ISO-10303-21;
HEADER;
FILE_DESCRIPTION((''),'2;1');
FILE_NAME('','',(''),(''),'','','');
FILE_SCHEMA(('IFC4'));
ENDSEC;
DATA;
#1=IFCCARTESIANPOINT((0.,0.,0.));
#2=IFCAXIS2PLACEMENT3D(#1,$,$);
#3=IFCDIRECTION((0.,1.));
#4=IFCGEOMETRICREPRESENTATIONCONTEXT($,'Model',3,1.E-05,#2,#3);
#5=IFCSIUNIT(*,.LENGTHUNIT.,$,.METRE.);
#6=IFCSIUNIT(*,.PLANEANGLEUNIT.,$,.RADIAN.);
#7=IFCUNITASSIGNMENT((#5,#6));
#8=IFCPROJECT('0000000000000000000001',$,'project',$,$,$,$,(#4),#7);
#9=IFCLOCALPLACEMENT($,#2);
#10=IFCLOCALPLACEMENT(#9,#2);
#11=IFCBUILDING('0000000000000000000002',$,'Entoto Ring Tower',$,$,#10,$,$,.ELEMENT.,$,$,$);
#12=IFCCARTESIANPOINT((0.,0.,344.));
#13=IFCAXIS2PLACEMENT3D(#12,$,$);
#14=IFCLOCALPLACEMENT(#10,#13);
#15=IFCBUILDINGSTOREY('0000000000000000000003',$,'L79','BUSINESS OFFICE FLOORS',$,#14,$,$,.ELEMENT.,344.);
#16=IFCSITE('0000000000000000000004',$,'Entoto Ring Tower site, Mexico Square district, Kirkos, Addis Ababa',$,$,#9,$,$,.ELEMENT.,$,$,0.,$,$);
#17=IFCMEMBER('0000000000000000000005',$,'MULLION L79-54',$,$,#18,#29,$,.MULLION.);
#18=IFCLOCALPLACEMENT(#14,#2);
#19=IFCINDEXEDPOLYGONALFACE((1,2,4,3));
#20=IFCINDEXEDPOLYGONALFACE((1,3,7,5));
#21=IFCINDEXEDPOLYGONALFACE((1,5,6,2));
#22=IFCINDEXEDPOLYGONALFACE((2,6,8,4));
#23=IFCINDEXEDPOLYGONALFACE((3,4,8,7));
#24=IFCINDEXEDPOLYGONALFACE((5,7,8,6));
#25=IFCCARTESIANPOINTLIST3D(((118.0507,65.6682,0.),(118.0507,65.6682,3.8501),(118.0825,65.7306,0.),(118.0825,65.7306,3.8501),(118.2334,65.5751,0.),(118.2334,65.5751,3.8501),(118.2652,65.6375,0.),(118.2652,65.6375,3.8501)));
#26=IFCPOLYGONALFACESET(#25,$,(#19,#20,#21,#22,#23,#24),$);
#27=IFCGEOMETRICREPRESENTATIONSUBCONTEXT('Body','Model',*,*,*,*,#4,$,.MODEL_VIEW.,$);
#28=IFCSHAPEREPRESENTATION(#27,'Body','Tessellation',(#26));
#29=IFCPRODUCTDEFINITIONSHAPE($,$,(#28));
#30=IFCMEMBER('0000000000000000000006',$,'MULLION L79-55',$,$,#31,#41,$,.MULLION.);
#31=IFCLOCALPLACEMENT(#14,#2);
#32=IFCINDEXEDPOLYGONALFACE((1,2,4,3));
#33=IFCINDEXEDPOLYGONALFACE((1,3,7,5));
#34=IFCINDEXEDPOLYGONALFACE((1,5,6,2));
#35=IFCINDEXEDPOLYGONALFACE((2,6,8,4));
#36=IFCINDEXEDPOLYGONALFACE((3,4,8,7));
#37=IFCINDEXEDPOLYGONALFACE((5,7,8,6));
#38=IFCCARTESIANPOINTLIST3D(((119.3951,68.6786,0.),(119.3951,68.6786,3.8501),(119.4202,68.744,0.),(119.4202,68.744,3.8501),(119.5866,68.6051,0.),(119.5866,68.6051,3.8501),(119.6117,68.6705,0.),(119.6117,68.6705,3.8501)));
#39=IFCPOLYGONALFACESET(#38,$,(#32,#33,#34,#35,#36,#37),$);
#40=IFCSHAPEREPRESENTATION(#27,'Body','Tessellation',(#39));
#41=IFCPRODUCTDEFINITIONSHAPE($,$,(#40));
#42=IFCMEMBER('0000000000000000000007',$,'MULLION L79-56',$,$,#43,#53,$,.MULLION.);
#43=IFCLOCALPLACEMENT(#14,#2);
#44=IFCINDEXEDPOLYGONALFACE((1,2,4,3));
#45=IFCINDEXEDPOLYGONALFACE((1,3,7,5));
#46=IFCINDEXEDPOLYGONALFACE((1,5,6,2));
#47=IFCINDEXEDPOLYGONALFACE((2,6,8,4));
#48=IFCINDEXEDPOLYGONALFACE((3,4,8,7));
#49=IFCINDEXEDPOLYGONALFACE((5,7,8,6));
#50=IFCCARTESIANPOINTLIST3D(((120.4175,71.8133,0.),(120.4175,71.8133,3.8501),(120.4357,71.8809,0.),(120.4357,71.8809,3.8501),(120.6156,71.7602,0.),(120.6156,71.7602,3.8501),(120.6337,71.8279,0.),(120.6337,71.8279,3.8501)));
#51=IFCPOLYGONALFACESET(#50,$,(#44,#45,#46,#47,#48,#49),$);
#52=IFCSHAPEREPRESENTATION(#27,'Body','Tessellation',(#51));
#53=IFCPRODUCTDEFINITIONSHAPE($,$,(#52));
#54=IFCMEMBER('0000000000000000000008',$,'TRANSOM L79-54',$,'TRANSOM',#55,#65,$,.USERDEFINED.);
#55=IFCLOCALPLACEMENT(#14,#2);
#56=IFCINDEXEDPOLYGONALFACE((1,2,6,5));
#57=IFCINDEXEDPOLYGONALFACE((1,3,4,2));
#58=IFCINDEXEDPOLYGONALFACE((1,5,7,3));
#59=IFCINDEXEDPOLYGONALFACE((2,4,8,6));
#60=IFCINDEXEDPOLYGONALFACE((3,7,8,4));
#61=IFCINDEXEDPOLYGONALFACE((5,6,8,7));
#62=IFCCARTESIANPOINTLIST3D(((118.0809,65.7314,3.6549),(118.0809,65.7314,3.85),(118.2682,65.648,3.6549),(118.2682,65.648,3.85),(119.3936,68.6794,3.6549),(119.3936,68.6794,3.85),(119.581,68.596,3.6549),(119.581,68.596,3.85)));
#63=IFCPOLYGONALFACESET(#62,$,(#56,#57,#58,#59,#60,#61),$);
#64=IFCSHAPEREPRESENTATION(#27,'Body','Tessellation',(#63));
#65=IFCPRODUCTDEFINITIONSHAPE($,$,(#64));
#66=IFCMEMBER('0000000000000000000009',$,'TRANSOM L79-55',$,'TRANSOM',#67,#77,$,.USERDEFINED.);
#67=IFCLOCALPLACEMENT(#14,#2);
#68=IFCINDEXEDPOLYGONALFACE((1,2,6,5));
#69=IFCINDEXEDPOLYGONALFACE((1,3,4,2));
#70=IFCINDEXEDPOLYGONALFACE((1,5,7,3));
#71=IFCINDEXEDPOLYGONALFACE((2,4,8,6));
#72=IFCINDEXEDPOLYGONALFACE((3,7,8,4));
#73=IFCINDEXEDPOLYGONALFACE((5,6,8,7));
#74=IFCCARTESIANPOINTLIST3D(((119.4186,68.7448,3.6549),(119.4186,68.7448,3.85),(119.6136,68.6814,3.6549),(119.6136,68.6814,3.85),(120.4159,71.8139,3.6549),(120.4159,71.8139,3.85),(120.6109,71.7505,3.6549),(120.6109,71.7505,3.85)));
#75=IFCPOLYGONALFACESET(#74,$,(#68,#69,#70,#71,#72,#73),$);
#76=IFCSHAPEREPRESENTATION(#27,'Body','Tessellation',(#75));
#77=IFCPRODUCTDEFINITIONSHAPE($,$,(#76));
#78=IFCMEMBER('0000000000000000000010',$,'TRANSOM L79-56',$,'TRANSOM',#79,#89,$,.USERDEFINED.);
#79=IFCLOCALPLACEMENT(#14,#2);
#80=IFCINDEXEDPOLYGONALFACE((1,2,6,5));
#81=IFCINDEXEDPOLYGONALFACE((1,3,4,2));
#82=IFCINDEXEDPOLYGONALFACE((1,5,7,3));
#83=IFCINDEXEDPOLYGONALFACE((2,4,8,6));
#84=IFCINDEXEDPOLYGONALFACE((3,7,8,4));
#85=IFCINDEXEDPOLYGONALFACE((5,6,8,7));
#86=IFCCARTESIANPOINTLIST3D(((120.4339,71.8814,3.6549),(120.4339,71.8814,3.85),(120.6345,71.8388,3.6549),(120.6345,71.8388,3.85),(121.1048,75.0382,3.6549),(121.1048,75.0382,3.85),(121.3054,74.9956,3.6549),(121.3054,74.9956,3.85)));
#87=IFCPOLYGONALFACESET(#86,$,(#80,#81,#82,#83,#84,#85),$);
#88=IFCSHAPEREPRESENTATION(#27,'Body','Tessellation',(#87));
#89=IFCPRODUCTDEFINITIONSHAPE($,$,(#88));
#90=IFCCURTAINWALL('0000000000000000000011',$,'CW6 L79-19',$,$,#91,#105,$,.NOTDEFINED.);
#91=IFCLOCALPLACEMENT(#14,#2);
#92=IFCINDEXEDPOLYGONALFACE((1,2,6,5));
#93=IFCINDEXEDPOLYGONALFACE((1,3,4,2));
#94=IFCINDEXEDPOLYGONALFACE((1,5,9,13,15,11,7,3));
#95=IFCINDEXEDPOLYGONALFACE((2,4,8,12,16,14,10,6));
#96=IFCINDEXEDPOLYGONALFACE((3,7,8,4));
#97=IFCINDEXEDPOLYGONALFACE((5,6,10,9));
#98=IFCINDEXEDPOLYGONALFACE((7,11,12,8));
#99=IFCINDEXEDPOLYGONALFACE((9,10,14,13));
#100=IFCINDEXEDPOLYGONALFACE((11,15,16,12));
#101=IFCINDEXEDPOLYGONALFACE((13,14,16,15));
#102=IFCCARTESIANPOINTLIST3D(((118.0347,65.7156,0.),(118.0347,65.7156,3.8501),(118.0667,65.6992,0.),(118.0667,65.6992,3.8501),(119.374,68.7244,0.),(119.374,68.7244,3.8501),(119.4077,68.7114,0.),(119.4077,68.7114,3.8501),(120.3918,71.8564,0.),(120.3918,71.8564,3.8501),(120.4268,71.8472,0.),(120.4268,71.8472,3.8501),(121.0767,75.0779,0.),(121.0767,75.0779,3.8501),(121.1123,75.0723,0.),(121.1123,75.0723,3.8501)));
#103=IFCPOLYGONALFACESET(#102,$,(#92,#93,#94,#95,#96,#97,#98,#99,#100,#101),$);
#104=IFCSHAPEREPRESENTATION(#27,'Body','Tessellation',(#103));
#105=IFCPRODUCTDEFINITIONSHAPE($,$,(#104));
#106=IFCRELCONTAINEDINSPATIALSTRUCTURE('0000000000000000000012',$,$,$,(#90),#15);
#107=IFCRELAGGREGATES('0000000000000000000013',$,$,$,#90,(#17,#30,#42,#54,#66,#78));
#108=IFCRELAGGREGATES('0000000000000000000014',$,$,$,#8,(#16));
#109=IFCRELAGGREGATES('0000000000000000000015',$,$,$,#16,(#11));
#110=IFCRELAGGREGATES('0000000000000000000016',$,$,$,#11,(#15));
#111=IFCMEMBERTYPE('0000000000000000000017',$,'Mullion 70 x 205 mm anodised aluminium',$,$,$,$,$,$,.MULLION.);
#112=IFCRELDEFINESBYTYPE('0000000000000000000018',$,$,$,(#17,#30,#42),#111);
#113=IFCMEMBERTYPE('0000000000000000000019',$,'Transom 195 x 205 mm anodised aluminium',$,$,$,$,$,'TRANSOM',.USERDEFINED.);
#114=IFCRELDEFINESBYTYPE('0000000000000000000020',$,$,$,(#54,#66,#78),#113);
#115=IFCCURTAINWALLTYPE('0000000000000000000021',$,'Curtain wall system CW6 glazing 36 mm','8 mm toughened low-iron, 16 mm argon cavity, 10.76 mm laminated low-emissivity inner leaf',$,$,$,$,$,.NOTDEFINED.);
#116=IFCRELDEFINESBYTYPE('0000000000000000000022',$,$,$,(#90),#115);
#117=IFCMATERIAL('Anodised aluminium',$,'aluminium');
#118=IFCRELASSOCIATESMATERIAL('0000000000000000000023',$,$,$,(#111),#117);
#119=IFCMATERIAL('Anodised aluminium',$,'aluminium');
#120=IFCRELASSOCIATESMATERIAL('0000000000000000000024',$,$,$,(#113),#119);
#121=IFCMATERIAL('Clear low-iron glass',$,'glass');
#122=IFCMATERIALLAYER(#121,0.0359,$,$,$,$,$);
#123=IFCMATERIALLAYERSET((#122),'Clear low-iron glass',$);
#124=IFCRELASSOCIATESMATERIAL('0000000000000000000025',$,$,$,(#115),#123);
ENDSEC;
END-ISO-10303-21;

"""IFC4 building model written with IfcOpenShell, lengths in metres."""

from ifc_helpers import new_model, si_unit, direction, frame, origin, origin_2d, place, context, subcontext, project, spatial, polyline, rectangle, outline, extrude, material, layer, layer_set, material_profile, profile_set, type_object, element, aggregate, save


model = new_model("IFC4")

# Units and contexts
model_context = context("Model", 3, precision=1e-05, world=origin(), true_north=direction((0.0, 1.0)))
body_context = subcontext(model_context, "Body", "Model", "MODEL_VIEW")
ifc_project = project(units=[si_unit("LENGTHUNIT", "METRE"), si_unit("PLANEANGLEUNIT", "RADIAN")], contexts=[model_context])

# Members
ifc_material_1 = material(Name="Anodised aluminium", Category="aluminium")
ifc_material_profile_1 = material_profile(ifc_material_1, rectangle(XDim=0.0701, YDim=0.2051, at=origin_2d()), Name="Mullion 70 x 205 mm anodised aluminium")
ifc_profile_set_1 = profile_set([ifc_material_profile_1], Name="Anodised aluminium")
member_type_1 = type_object("IfcMemberType", Name="Mullion 70 x 205 mm anodised aluminium", PredefinedType="MULLION", material=ifc_profile_set_1)
site_placement = place(None, origin())
building_placement = place(site_placement, origin())
storey_placement = place(building_placement, frame((0.0, 0.0, 344.0)))
member_1_placement = place(storey_placement, frame((118.158, 65.6528, 0.0), z_axis=(0.0, 0.0, 1.0), x_axis=(0.45399, 0.891007, 0.0)))
member_1 = element("IfcMember", 1, at=member_1_placement, type_object=member_type_1, Name="MULLION L79-54", PredefinedType="MULLION", context=body_context, shape_type="SweptSolid", body=[
    extrude(rectangle(XDim=0.0701, YDim=0.2051, at=origin_2d()), origin(), (0.0, 0.0, 1.0), 3.8501),
])
member_2_placement = place(storey_placement, frame((119.5034, 68.6746, 0.0), z_axis=(0.0, 0.0, 1.0), x_axis=(0.358368, 0.93358, 0.0)))
member_2 = element("IfcMember", 2, at=member_2_placement, type_object=member_type_1, Name="MULLION L79-55", PredefinedType="MULLION", context=body_context, shape_type="SweptSolid", body=[
    extrude(rectangle(XDim=0.0701, YDim=0.2051, at=origin_2d()), origin(), (0.0, 0.0, 1.0), 3.8501),
])
member_3_placement = place(storey_placement, frame((120.5256, 71.8206, 0.0), z_axis=(0.0, 0.0, 1.0), x_axis=(0.258819, 0.965926, 0.0)))
member_3 = element("IfcMember", 3, at=member_3_placement, type_object=member_type_1, Name="MULLION L79-56", PredefinedType="MULLION", context=body_context, shape_type="SweptSolid", body=[
    extrude(rectangle(XDim=0.0701, YDim=0.2051, at=origin_2d()), origin(), (0.0, 0.0, 1.0), 3.8501),
])
ifc_material_2 = material(Name="Anodised aluminium", Category="aluminium")
ifc_material_profile_2 = material_profile(ifc_material_2, rectangle(XDim=0.2051, YDim=0.1951, at=origin_2d()), Name="Transom 195 x 205 mm anodised aluminium")
ifc_profile_set_2 = profile_set([ifc_material_profile_2], Name="Anodised aluminium")
member_type_2 = type_object("IfcMemberType", Name="Transom 195 x 205 mm anodised aluminium", ElementType="TRANSOM", PredefinedType="USERDEFINED", material=ifc_profile_set_2)
member_4_placement = place(storey_placement, frame((118.1746, 65.6897, 3.7524), z_axis=(0.406791, 0.913521, 0.0), x_axis=(-0.913521, 0.406791, 0.0)))
member_4 = element("IfcMember", 4, at=member_4_placement, type_object=member_type_2, Name="TRANSOM L79-54", ObjectType="TRANSOM", PredefinedType="USERDEFINED", context=body_context, shape_type="SweptSolid", body=[
    extrude(rectangle(XDim=0.2051, YDim=0.1951, at=origin_2d()), origin(), (0.0, 0.0, 1.0), 3.2271),
])
member_5_placement = place(storey_placement, frame((119.5161, 68.7131, 3.7524), z_axis=(0.309047, 0.951047, 0.0), x_axis=(-0.951047, 0.309047, 0.0)))
member_5 = element("IfcMember", 5, at=member_5_placement, type_object=member_type_2, Name="TRANSOM L79-55", ObjectType="TRANSOM", PredefinedType="USERDEFINED", context=body_context, shape_type="SweptSolid", body=[
    extrude(rectangle(XDim=0.2051, YDim=0.1951, at=origin_2d()), origin(), (0.0, 0.0, 1.0), 3.2271),
])
member_6_placement = place(storey_placement, frame((120.5342, 71.8601, 3.7524), z_axis=(0.207886, 0.978153, 0.0), x_axis=(-0.978153, 0.207886, 0.0)))
member_6 = element("IfcMember", 6, at=member_6_placement, type_object=member_type_2, Name="TRANSOM L79-56", ObjectType="TRANSOM", PredefinedType="USERDEFINED", context=body_context, shape_type="SweptSolid", body=[
    extrude(rectangle(XDim=0.2051, YDim=0.1951, at=origin_2d()), origin(), (0.0, 0.0, 1.0), 3.2273),
])

# Site, building, storey
site = spatial("IfcSite", under=ifc_project, at=site_placement, Name="Entoto Ring Tower site, Mexico Square district, Kirkos, Addis Ababa", CompositionType="ELEMENT", RefElevation=0.0)
building = spatial("IfcBuilding", under=site, at=building_placement, Name="Entoto Ring Tower", CompositionType="ELEMENT")
storey = spatial("IfcBuildingStorey", under=building, at=storey_placement, Name="L79", Description="BUSINESS OFFICE FLOORS", CompositionType="ELEMENT", Elevation=344.0)

# Curtain wall
ifc_material_3 = material(Name="Clear low-iron glass", Category="glass")
ifc_layer_1 = layer(ifc_material_3, 0.0359)
ifc_layer_set_1 = layer_set([ifc_layer_1], Name="Clear low-iron glass")
curtain_wall_type = type_object("IfcCurtainWallType", Name="Curtain wall system CW6 glazing 36 mm", Description="8 mm toughened low-iron, 16 mm argon cavity, 10.76 mm laminated low-emissivity inner leaf", PredefinedType="NOTDEFINED", material=ifc_layer_set_1)
curtain_wall_1_placement = place(storey_placement, origin())
curtain_wall_1 = element("IfcCurtainWall", 7, at=curtain_wall_1_placement, inside=storey, type_object=curtain_wall_type, Name="CW6 L79-19", PredefinedType="NOTDEFINED", context=body_context, shape_type="SweptSolid", body=[
    extrude(outline(polyline([(118.0667, 65.6992), (119.4077, 68.7114), (120.4268, 71.8472), (121.1123, 75.0723), (121.0767, 75.0779), (120.3918, 71.8564), (119.374, 68.7244), (118.0347, 65.7156), (118.0667, 65.6992)])), origin(), (0.0, 0.0, 1.0), 3.8501),
])
aggregate(curtain_wall_1, [member_1, member_2, member_3, member_4, member_5, member_6])

save(model, "model.ifc")
